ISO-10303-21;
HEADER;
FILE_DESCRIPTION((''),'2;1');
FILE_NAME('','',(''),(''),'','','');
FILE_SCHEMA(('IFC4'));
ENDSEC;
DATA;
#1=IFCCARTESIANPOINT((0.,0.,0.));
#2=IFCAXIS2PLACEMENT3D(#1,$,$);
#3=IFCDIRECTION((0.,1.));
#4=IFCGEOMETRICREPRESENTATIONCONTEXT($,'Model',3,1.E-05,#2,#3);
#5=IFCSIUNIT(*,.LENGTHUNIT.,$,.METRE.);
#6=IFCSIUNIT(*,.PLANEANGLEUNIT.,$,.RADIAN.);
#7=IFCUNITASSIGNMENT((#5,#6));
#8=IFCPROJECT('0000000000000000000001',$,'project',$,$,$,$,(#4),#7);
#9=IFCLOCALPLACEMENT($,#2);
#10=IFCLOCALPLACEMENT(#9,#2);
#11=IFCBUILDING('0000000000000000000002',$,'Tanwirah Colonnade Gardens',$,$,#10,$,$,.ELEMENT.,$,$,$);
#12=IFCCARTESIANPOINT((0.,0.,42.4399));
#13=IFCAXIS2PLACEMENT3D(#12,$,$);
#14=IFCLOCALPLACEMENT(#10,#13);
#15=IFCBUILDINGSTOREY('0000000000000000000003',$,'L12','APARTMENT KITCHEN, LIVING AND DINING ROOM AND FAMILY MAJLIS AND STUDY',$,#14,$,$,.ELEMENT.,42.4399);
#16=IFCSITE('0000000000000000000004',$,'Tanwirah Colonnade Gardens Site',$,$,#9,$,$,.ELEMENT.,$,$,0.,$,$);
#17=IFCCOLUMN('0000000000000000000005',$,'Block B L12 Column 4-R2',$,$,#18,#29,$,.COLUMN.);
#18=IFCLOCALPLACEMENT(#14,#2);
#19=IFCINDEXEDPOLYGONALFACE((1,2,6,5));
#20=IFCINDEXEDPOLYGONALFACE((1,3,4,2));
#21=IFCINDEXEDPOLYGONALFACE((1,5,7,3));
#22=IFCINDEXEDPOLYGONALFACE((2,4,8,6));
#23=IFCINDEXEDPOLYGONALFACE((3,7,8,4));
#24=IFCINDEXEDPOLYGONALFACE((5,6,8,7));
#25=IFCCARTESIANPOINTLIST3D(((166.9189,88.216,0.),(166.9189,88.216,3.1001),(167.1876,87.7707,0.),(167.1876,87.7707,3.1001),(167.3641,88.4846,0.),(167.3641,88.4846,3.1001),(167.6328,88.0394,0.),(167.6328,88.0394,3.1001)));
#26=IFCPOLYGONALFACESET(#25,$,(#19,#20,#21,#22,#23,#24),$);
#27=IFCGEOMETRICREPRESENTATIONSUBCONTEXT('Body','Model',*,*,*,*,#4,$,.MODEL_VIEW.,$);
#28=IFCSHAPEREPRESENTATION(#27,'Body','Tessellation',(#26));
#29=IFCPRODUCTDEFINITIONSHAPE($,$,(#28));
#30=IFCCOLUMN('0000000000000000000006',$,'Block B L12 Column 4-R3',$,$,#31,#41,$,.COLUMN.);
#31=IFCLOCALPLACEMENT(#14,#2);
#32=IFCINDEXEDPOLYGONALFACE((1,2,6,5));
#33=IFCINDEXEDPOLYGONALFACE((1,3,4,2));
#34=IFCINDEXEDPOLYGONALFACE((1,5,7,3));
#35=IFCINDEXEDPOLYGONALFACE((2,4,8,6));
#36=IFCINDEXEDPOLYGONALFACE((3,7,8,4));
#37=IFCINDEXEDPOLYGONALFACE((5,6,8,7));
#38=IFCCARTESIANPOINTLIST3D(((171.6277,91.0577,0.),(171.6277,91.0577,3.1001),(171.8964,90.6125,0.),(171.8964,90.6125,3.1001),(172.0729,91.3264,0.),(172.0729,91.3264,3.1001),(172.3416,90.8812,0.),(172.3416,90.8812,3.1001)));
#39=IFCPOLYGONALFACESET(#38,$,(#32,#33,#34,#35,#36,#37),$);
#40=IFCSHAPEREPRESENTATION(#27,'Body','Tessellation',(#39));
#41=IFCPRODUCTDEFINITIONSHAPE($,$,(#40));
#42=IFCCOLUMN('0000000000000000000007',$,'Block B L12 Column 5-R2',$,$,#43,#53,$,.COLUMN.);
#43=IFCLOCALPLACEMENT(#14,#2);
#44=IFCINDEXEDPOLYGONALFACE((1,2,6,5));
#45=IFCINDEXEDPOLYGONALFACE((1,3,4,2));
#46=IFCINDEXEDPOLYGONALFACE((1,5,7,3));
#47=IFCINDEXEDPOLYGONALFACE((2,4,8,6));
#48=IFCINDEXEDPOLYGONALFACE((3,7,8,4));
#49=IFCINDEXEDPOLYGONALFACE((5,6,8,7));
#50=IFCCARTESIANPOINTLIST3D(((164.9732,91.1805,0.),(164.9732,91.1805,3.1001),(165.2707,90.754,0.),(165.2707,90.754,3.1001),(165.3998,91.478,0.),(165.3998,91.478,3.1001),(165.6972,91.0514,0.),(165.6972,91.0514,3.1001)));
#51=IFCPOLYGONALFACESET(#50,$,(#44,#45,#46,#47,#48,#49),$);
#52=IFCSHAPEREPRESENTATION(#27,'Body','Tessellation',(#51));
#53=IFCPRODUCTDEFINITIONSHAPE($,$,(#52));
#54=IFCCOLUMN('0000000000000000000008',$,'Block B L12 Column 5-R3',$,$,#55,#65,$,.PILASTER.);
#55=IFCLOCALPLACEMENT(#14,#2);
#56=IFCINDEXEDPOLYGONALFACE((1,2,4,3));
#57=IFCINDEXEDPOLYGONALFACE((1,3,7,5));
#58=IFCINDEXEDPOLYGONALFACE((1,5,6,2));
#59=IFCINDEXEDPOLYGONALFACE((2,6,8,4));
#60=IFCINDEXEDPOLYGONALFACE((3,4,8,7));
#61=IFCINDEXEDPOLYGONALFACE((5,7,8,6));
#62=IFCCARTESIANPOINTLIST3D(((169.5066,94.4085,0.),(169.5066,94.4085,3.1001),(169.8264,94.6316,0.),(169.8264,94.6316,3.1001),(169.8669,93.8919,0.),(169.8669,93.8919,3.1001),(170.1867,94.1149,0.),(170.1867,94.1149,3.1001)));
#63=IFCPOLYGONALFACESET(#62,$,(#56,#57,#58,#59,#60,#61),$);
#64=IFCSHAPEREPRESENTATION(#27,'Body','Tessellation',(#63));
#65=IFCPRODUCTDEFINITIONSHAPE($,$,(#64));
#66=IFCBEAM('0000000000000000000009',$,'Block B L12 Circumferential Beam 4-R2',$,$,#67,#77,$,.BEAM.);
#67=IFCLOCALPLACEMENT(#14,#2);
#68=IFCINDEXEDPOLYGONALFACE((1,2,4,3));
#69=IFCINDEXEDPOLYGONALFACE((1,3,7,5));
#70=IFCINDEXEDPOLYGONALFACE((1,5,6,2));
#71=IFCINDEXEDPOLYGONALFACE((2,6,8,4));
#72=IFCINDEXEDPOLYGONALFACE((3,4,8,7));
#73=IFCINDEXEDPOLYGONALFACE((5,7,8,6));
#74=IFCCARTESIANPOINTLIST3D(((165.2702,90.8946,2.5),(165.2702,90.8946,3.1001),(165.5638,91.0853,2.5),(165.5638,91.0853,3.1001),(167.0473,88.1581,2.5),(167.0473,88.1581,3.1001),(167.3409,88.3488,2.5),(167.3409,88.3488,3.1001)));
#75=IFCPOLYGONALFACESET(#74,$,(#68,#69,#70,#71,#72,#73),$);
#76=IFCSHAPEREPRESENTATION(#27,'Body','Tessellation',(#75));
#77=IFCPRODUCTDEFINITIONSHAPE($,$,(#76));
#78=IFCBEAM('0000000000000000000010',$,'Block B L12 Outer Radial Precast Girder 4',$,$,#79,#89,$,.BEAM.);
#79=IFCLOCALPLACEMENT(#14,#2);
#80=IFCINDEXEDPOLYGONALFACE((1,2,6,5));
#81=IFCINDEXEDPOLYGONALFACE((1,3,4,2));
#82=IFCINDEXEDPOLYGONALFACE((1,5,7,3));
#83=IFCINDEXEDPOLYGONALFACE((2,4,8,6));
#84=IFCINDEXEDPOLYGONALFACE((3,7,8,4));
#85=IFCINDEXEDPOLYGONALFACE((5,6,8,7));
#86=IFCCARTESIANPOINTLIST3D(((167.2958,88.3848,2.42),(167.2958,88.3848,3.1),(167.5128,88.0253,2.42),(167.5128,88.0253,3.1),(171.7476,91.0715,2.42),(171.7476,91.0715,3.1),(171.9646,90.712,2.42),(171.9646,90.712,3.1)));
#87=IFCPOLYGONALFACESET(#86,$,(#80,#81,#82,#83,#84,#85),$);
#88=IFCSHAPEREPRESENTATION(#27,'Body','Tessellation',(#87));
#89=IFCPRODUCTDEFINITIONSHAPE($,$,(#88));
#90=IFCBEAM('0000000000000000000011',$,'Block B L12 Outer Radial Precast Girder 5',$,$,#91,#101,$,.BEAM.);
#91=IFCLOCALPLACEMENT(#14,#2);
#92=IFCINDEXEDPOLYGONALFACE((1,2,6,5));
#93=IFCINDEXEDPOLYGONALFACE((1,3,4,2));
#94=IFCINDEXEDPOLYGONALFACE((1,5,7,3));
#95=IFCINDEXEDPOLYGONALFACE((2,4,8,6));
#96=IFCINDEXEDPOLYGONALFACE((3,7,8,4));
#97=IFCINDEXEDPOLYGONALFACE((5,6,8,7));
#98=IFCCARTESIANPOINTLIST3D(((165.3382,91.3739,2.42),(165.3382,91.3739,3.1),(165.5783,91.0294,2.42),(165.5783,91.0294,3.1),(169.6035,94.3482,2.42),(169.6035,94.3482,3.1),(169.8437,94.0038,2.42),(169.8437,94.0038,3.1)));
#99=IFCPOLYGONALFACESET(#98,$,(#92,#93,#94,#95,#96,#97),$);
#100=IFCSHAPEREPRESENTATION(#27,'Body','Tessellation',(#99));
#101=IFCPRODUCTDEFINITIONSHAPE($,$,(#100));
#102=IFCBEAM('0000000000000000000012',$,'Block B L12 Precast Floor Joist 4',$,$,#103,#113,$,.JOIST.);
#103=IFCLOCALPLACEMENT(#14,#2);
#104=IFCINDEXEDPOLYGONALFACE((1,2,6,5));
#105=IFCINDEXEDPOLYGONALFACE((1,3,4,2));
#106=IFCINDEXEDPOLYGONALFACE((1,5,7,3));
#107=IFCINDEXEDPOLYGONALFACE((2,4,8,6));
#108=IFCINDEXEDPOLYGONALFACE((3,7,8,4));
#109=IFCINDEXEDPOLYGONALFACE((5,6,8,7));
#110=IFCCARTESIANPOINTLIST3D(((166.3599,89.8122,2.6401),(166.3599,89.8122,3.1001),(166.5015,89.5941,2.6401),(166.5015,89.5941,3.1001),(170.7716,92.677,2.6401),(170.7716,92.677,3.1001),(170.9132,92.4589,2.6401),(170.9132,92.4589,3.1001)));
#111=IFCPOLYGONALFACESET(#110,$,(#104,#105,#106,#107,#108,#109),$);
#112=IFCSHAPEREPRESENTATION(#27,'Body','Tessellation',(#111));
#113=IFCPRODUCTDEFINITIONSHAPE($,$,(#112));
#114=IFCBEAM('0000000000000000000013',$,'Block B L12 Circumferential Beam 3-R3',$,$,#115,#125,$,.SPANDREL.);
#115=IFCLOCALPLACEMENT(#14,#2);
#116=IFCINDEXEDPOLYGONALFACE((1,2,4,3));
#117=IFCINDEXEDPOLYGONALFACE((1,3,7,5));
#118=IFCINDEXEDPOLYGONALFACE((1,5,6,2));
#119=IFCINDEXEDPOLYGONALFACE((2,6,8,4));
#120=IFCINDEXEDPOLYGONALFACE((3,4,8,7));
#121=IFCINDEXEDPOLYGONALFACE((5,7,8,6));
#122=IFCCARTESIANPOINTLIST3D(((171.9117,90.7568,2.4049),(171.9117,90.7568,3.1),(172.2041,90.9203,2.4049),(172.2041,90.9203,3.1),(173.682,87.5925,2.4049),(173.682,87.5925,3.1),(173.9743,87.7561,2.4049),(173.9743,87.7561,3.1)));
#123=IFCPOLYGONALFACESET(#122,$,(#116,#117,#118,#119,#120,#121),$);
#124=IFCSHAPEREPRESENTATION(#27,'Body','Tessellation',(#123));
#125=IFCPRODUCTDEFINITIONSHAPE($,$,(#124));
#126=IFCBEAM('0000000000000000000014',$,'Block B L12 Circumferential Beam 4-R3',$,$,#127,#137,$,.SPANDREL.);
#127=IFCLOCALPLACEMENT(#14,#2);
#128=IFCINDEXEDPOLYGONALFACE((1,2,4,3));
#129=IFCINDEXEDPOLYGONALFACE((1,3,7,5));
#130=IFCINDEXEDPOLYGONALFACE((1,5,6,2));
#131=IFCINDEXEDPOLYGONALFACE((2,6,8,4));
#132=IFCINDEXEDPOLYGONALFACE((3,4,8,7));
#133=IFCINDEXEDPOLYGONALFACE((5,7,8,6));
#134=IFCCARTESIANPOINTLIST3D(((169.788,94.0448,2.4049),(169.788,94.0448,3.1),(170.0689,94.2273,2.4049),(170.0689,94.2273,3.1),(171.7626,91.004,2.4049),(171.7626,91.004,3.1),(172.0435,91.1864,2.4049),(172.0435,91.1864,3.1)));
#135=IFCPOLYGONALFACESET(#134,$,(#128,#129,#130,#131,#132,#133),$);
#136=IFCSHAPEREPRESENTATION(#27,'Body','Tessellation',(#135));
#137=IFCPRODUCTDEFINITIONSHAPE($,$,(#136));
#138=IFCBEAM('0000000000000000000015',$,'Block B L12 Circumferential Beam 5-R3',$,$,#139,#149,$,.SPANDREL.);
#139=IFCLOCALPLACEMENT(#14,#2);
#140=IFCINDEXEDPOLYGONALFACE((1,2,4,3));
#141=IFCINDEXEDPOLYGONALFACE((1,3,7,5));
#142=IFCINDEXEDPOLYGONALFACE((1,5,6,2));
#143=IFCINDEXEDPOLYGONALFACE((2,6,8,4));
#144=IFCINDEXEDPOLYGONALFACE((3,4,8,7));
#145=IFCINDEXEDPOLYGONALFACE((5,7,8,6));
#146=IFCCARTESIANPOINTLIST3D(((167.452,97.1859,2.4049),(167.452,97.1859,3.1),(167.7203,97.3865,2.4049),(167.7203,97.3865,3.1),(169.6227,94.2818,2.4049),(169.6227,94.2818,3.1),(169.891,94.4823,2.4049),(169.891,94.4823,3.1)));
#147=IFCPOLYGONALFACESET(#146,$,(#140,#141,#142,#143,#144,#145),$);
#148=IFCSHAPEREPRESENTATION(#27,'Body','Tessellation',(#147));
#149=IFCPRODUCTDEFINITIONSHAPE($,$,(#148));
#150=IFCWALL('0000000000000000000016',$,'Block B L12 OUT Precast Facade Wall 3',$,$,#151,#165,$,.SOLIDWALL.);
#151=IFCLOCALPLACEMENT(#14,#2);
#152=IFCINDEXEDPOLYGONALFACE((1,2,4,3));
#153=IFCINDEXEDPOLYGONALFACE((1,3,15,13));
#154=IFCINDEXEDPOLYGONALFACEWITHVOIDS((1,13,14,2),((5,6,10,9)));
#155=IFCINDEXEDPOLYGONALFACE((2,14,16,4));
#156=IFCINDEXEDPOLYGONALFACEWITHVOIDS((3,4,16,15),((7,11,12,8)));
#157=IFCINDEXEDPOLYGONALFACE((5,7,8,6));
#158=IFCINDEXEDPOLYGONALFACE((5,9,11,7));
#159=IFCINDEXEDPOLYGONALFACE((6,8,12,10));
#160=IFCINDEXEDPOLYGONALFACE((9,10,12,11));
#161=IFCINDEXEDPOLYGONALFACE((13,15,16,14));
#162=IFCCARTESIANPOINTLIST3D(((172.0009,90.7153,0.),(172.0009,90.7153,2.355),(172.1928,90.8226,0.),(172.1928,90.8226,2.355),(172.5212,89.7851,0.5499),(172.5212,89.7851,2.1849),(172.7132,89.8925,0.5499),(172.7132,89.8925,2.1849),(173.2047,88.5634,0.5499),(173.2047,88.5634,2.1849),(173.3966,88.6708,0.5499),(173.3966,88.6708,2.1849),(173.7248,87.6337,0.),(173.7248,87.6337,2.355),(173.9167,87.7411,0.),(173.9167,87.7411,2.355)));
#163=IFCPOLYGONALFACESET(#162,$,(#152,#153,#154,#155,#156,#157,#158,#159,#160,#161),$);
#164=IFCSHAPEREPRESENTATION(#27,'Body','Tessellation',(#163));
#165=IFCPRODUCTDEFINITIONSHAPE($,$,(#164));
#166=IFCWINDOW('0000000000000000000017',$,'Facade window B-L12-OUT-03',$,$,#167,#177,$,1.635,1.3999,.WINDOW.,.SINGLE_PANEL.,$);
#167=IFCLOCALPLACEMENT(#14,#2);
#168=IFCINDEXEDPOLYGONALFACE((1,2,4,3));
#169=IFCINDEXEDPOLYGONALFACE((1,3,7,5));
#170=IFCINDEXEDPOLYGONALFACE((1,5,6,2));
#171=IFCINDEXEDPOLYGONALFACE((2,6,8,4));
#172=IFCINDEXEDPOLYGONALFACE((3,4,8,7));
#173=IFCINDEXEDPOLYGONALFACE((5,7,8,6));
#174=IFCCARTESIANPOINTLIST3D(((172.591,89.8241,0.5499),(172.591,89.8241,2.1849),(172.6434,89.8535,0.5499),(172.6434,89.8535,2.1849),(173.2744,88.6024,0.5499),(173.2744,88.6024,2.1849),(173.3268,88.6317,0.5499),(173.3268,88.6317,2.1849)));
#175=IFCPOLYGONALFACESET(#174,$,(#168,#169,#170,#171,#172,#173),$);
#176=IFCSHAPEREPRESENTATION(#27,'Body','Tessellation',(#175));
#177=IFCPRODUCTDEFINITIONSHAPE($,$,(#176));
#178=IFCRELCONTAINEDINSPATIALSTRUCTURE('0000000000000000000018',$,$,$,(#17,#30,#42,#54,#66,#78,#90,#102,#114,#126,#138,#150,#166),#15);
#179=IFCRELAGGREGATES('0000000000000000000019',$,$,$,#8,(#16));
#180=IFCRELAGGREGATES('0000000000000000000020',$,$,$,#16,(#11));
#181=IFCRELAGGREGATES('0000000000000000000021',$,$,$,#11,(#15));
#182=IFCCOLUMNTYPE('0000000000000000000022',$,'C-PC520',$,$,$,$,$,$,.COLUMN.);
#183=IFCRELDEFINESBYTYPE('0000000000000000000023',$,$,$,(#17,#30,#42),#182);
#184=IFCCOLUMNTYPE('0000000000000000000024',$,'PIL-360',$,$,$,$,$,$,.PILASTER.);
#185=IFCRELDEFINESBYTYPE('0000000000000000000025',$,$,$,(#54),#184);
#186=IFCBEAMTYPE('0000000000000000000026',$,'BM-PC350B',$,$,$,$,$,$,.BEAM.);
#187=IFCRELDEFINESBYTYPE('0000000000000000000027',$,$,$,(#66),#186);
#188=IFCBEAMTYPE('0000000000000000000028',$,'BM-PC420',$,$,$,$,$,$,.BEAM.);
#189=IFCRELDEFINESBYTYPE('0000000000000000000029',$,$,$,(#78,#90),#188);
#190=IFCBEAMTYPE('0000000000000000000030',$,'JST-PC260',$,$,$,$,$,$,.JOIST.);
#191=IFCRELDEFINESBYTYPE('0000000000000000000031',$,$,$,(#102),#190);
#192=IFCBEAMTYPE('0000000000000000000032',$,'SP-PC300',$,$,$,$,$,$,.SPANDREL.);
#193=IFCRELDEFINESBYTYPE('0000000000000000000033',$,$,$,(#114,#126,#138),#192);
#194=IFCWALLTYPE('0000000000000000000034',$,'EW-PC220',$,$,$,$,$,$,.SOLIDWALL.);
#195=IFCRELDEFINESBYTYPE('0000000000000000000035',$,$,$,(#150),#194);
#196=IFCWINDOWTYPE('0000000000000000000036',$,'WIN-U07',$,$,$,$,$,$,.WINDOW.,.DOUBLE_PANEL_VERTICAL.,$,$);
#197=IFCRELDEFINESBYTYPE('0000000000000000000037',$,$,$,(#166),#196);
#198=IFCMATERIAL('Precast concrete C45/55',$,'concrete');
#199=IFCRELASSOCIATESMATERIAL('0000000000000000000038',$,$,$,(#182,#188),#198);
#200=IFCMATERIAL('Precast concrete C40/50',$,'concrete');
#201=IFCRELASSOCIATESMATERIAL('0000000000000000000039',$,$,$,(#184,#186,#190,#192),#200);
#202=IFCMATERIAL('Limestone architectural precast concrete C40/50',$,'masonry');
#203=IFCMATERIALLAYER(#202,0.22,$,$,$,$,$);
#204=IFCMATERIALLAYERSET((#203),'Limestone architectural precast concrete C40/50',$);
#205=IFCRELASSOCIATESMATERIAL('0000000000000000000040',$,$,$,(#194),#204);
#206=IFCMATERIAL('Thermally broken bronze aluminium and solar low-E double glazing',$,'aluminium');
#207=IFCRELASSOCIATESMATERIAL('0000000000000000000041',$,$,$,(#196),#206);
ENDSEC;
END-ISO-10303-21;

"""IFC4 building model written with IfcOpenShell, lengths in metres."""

from ifc_helpers import new_model, si_unit, direction, frame, frame_2d, origin, origin_2d, place, context, subcontext, project, spatial, rectangle, extrude, material, layer, layer_set, material_profile, profile_set, type_object, element, fill, save


model = new_model("IFC4")

# Units and contexts
model_context = context("Model", 3, precision=1e-05, world=origin(), true_north=direction((0.0, 1.0)))
body_context = subcontext(model_context, "Body", "Model", "MODEL_VIEW")
ifc_project = project(units=[si_unit("LENGTHUNIT", "METRE"), si_unit("PLANEANGLEUNIT", "RADIAN")], contexts=[model_context])

# Site, building, storey
site_placement = place(None, origin())
site = spatial("IfcSite", under=ifc_project, at=site_placement, Name="Tanwirah Colonnade Gardens Site", CompositionType="ELEMENT", RefElevation=0.0)
building_placement = place(site_placement, origin())
building = spatial("IfcBuilding", under=site, at=building_placement, Name="Tanwirah Colonnade Gardens", CompositionType="ELEMENT")
storey_placement = place(building_placement, frame((0.0, 0.0, 42.4399)))
storey = spatial("IfcBuildingStorey", under=building, at=storey_placement, Name="L12", Description="APARTMENT KITCHEN, LIVING AND DINING ROOM AND FAMILY MAJLIS AND STUDY", CompositionType="ELEMENT", Elevation=42.4399)

# Columns
ifc_material_1 = material(Name="Precast concrete C45/55", Category="concrete")
ifc_material_profile_1 = material_profile(ifc_material_1, rectangle(XDim=0.52, YDim=0.52, at=origin_2d()), Name="PC-COL 520x520")
ifc_profile_set_1 = profile_set([ifc_material_profile_1], Name="Precast concrete C45/55")
column_type_1 = type_object("IfcColumnType", Name="C-PC520", PredefinedType="COLUMN", material=ifc_profile_set_1)
for number, where, z_axis, x_axis, name in (
    (1, (167.2759, 88.1277, 0.0), (0.0, 0.0, 1.0), (0.856167, 0.516699, 0.0), "Block B L12 Column 4-R2"),
    (2, (171.9846, 90.9695, 0.0), (0.0, 0.0, 1.0), (0.856167, 0.516699, 0.0), "Block B L12 Column 4-R3"),
    (3, (165.3352, 91.116, 0.0), (0.0, 0.0, 1.0), (0.820263, 0.571987, 0.0), "Block B L12 Column 5-R2"),
):
    element("IfcColumn", number, at=place(storey_placement, frame(where, z_axis=z_axis, x_axis=x_axis)), inside=storey, type_object=column_type_1, Name=name, PredefinedType="COLUMN", context=body_context, shape_type="SweptSolid", body=[
        extrude(rectangle(XDim=0.52, YDim=0.52, at=origin_2d()), origin(), (0.0, 0.0, 1.0), 3.1001),
    ])
ifc_material_2 = material(Name="Precast concrete C40/50", Category="concrete")
ifc_material_profile_2 = material_profile(ifc_material_2, rectangle(XDim=0.3899, YDim=0.6299, at=origin_2d()), Name="PC-PIL 390x630")
ifc_profile_set_2 = profile_set([ifc_material_profile_2], Name="Precast concrete C40/50")
column_type_2 = type_object("IfcColumnType", Name="PIL-360", PredefinedType="PILASTER", material=ifc_profile_set_2)
column_placement = place(storey_placement, frame((169.8467, 94.2617, 0.0), z_axis=(0.0, 0.0, 1.0), x_axis=(0.820263, 0.571987, 0.0)))
element("IfcColumn", 4, at=column_placement, inside=storey, type_object=column_type_2, Name="Block B L12 Column 5-R3", PredefinedType="PILASTER", context=body_context, shape_type="SweptSolid", body=[
    extrude(rectangle(XDim=0.3899, YDim=0.6299, at=origin_2d()), origin(), (0.0, 0.0, 1.0), 3.1001),
])

# Beams
ifc_material_profile_3 = material_profile(ifc_material_2, rectangle(XDim=0.3501, YDim=0.6001, at=origin_2d()), Name="PC-BM 350x600")
ifc_profile_set_3 = profile_set([ifc_material_profile_3], Name="Precast concrete C40/50")
beam_type_1 = type_object("IfcBeamType", Name="BM-PC350B", PredefinedType="BEAM", material=ifc_profile_set_3)
beam_1_placement = place(storey_placement, frame((167.1941, 88.2534, 2.8), z_axis=(-0.544628, 0.838678, 0.0), x_axis=(-0.838678, -0.544628, 0.0)))
element("IfcBeam", 5, at=beam_1_placement, inside=storey, type_object=beam_type_1, Name="Block B L12 Circumferential Beam 4-R2", PredefinedType="BEAM", context=body_context, shape_type="SweptSolid", body=[
    extrude(rectangle(XDim=0.3501, YDim=0.6001, at=origin_2d()), origin(), (0.0, 0.0, 1.0), 3.2629),
])
ifc_material_profile_4 = material_profile(ifc_material_1, rectangle(XDim=0.4199, YDim=0.6799, at=origin_2d()), Name="PC-BM 420x680")
ifc_profile_set_4 = profile_set([ifc_material_profile_4], Name="Precast concrete C45/55")
beam_type_2 = type_object("IfcBeamType", Name="BM-PC420", PredefinedType="BEAM", material=ifc_profile_set_4)
beam_2_placement = place(storey_placement, frame((167.4043, 88.2051, 2.76), z_axis=(0.856164, 0.516704, 0.0), x_axis=(-0.516704, 0.856164, 0.0)))
element("IfcBeam", 6, at=beam_2_placement, inside=storey, type_object=beam_type_2, Name="Block B L12 Outer Radial Precast Girder 4", PredefinedType="BEAM", context=body_context, shape_type="SweptSolid", body=[
    extrude(rectangle(XDim=0.4199, YDim=0.6799, at=origin_2d()), origin(), (0.0, 0.0, 1.0), 5.1997),
])
beam_3_placement = place(storey_placement, frame((165.4583, 91.2017, 2.76), z_axis=(0.820261, 0.57199, 0.0), x_axis=(-0.57199, 0.820261, 0.0)))
element("IfcBeam", 7, at=beam_3_placement, inside=storey, type_object=beam_type_2, Name="Block B L12 Outer Radial Precast Girder 5", PredefinedType="BEAM", context=body_context, shape_type="SweptSolid", body=[
    extrude(rectangle(XDim=0.4199, YDim=0.6799, at=origin_2d()), origin(), (0.0, 0.0, 1.0), 5.2),
])
ifc_material_profile_5 = material_profile(ifc_material_2, rectangle(XDim=0.26, YDim=0.46, at=origin_2d()), Name="PC-JST 260x460")
ifc_profile_set_5 = profile_set([ifc_material_profile_5], Name="Precast concrete C40/50")
beam_type_3 = type_object("IfcBeamType", Name="JST-PC260", PredefinedType="JOIST", material=ifc_profile_set_5)
beam_4_placement = place(storey_placement, frame((166.4307, 89.7031, 2.8701), z_axis=(0.838687, 0.544613, 0.0), x_axis=(-0.544613, 0.838687, 0.0)))
element("IfcBeam", 8, at=beam_4_placement, inside=storey, type_object=beam_type_3, Name="Block B L12 Precast Floor Joist 4", PredefinedType="JOIST", context=body_context, shape_type="SweptSolid", body=[
    extrude(rectangle(XDim=0.26, YDim=0.46, at=origin_2d()), origin(), (0.0, 0.0, 1.0), 5.2603),
])
ifc_material_profile_6 = material_profile(ifc_material_2, rectangle(XDim=0.335, YDim=0.6951, at=origin_2d()), Name="PC-SP 335x695")
ifc_profile_set_6 = profile_set([ifc_material_profile_6], Name="Precast concrete C40/50")
beam_type_4 = type_object("IfcBeamType", Name="SP-PC300", PredefinedType="SPANDREL", material=ifc_profile_set_6)
for number, where, z_axis, x_axis, name in (
    (9, (173.8281, 87.6743, 2.7524), (-0.488236, 0.872711, 0.0), (-0.872711, -0.488236, 0.0), "Block B L12 Circumferential Beam 3-R3"),
    (10, (171.9031, 91.0952, 2.7524), (-0.544621, 0.838682, 0.0), (-0.838682, -0.544621, 0.0), "Block B L12 Circumferential Beam 4-R3"),
    (11, (169.7568, 94.3821, 2.7524), (-0.598696, 0.800977, 0.0), (-0.800977, -0.598696, 0.0), "Block B L12 Circumferential Beam 5-R3"),
):
    element("IfcBeam", number, at=place(storey_placement, frame(where, z_axis=z_axis, x_axis=x_axis)), inside=storey, type_object=beam_type_4, Name=name, PredefinedType="SPANDREL", context=body_context, shape_type="SweptSolid", body=[
        extrude(rectangle(XDim=0.335, YDim=0.6951, at=origin_2d()), origin(), (0.0, 0.0, 1.0), 3.6257),
    ])

# Wall, opening, window
ifc_material_3 = material(Name="Limestone architectural precast concrete C40/50", Category="masonry")
ifc_layer_1 = layer(ifc_material_3, 0.22)
ifc_layer_set_1 = layer_set([ifc_layer_1], Name="Limestone architectural precast concrete C40/50")
wall_type_1 = type_object("IfcWallType", Name="EW-PC220", PredefinedType="SOLIDWALL", material=ifc_layer_set_1)
wall_1_placement = place(storey_placement, frame((173.8208, 87.6873, 0.0), z_axis=(0.0, 0.0, 1.0), x_axis=(-0.488218, 0.872722, 0.0)))
wall_1 = element("IfcWall", 12, at=wall_1_placement, inside=storey, type_object=wall_type_1, Name="Block B L12 OUT Precast Facade Wall 3", PredefinedType="SOLIDWALL", context=body_context, shape_type="SweptSolid", body=[
    extrude(rectangle(XDim=3.531, YDim=0.22, at=frame_2d((1.7656, 0.0))), origin(), (0.0, 0.0, 1.0), 2.355),
])
opening_1_placement = place(wall_1_placement, frame((1.0654, 0.0, 0.55)))
opening_1 = element("IfcOpeningElement", 13, at=opening_1_placement, cuts=wall_1, PredefinedType="OPENING", context=body_context, shape_type="SweptSolid", body=[
    extrude(rectangle(XDim=1.3999, YDim=1.635, at=frame_2d((0.7, 0.8174))), frame((0.0, 0.1199, 0.0), z_axis=(0.0, -1.0, 0.0), x_axis=(1.0, 0.0, 0.0)), (0.0, 0.0, 1.0), 0.24),
])
ifc_material_4 = material(Name="Thermally broken bronze aluminium and solar low-E double glazing", Category="aluminium")
window_type_1 = type_object("IfcWindowType", Name="WIN-U07", PartitioningType="DOUBLE_PANEL_VERTICAL", PredefinedType="WINDOW", material=ifc_material_4)
window_1_placement = place(opening_1_placement, origin())
window_1 = element("IfcWindow", 14, at=window_1_placement, inside=storey, type_object=window_type_1, Name="Facade window B-L12-OUT-03", OverallHeight=1.635, OverallWidth=1.3999, PartitioningType="SINGLE_PANEL", PredefinedType="WINDOW", context=body_context, shape_type="SweptSolid", body=[
    extrude(rectangle(XDim=1.3999, YDim=1.635, at=frame_2d((0.7, 0.8174))), frame((0.0, 0.03, 0.0), z_axis=(0.0, -1.0, 0.0), x_axis=(1.0, 0.0, 0.0)), (0.0, 0.0, 1.0), 0.0601),
])
fill(opening_1, window_1)

save(model, "model.ifc")
